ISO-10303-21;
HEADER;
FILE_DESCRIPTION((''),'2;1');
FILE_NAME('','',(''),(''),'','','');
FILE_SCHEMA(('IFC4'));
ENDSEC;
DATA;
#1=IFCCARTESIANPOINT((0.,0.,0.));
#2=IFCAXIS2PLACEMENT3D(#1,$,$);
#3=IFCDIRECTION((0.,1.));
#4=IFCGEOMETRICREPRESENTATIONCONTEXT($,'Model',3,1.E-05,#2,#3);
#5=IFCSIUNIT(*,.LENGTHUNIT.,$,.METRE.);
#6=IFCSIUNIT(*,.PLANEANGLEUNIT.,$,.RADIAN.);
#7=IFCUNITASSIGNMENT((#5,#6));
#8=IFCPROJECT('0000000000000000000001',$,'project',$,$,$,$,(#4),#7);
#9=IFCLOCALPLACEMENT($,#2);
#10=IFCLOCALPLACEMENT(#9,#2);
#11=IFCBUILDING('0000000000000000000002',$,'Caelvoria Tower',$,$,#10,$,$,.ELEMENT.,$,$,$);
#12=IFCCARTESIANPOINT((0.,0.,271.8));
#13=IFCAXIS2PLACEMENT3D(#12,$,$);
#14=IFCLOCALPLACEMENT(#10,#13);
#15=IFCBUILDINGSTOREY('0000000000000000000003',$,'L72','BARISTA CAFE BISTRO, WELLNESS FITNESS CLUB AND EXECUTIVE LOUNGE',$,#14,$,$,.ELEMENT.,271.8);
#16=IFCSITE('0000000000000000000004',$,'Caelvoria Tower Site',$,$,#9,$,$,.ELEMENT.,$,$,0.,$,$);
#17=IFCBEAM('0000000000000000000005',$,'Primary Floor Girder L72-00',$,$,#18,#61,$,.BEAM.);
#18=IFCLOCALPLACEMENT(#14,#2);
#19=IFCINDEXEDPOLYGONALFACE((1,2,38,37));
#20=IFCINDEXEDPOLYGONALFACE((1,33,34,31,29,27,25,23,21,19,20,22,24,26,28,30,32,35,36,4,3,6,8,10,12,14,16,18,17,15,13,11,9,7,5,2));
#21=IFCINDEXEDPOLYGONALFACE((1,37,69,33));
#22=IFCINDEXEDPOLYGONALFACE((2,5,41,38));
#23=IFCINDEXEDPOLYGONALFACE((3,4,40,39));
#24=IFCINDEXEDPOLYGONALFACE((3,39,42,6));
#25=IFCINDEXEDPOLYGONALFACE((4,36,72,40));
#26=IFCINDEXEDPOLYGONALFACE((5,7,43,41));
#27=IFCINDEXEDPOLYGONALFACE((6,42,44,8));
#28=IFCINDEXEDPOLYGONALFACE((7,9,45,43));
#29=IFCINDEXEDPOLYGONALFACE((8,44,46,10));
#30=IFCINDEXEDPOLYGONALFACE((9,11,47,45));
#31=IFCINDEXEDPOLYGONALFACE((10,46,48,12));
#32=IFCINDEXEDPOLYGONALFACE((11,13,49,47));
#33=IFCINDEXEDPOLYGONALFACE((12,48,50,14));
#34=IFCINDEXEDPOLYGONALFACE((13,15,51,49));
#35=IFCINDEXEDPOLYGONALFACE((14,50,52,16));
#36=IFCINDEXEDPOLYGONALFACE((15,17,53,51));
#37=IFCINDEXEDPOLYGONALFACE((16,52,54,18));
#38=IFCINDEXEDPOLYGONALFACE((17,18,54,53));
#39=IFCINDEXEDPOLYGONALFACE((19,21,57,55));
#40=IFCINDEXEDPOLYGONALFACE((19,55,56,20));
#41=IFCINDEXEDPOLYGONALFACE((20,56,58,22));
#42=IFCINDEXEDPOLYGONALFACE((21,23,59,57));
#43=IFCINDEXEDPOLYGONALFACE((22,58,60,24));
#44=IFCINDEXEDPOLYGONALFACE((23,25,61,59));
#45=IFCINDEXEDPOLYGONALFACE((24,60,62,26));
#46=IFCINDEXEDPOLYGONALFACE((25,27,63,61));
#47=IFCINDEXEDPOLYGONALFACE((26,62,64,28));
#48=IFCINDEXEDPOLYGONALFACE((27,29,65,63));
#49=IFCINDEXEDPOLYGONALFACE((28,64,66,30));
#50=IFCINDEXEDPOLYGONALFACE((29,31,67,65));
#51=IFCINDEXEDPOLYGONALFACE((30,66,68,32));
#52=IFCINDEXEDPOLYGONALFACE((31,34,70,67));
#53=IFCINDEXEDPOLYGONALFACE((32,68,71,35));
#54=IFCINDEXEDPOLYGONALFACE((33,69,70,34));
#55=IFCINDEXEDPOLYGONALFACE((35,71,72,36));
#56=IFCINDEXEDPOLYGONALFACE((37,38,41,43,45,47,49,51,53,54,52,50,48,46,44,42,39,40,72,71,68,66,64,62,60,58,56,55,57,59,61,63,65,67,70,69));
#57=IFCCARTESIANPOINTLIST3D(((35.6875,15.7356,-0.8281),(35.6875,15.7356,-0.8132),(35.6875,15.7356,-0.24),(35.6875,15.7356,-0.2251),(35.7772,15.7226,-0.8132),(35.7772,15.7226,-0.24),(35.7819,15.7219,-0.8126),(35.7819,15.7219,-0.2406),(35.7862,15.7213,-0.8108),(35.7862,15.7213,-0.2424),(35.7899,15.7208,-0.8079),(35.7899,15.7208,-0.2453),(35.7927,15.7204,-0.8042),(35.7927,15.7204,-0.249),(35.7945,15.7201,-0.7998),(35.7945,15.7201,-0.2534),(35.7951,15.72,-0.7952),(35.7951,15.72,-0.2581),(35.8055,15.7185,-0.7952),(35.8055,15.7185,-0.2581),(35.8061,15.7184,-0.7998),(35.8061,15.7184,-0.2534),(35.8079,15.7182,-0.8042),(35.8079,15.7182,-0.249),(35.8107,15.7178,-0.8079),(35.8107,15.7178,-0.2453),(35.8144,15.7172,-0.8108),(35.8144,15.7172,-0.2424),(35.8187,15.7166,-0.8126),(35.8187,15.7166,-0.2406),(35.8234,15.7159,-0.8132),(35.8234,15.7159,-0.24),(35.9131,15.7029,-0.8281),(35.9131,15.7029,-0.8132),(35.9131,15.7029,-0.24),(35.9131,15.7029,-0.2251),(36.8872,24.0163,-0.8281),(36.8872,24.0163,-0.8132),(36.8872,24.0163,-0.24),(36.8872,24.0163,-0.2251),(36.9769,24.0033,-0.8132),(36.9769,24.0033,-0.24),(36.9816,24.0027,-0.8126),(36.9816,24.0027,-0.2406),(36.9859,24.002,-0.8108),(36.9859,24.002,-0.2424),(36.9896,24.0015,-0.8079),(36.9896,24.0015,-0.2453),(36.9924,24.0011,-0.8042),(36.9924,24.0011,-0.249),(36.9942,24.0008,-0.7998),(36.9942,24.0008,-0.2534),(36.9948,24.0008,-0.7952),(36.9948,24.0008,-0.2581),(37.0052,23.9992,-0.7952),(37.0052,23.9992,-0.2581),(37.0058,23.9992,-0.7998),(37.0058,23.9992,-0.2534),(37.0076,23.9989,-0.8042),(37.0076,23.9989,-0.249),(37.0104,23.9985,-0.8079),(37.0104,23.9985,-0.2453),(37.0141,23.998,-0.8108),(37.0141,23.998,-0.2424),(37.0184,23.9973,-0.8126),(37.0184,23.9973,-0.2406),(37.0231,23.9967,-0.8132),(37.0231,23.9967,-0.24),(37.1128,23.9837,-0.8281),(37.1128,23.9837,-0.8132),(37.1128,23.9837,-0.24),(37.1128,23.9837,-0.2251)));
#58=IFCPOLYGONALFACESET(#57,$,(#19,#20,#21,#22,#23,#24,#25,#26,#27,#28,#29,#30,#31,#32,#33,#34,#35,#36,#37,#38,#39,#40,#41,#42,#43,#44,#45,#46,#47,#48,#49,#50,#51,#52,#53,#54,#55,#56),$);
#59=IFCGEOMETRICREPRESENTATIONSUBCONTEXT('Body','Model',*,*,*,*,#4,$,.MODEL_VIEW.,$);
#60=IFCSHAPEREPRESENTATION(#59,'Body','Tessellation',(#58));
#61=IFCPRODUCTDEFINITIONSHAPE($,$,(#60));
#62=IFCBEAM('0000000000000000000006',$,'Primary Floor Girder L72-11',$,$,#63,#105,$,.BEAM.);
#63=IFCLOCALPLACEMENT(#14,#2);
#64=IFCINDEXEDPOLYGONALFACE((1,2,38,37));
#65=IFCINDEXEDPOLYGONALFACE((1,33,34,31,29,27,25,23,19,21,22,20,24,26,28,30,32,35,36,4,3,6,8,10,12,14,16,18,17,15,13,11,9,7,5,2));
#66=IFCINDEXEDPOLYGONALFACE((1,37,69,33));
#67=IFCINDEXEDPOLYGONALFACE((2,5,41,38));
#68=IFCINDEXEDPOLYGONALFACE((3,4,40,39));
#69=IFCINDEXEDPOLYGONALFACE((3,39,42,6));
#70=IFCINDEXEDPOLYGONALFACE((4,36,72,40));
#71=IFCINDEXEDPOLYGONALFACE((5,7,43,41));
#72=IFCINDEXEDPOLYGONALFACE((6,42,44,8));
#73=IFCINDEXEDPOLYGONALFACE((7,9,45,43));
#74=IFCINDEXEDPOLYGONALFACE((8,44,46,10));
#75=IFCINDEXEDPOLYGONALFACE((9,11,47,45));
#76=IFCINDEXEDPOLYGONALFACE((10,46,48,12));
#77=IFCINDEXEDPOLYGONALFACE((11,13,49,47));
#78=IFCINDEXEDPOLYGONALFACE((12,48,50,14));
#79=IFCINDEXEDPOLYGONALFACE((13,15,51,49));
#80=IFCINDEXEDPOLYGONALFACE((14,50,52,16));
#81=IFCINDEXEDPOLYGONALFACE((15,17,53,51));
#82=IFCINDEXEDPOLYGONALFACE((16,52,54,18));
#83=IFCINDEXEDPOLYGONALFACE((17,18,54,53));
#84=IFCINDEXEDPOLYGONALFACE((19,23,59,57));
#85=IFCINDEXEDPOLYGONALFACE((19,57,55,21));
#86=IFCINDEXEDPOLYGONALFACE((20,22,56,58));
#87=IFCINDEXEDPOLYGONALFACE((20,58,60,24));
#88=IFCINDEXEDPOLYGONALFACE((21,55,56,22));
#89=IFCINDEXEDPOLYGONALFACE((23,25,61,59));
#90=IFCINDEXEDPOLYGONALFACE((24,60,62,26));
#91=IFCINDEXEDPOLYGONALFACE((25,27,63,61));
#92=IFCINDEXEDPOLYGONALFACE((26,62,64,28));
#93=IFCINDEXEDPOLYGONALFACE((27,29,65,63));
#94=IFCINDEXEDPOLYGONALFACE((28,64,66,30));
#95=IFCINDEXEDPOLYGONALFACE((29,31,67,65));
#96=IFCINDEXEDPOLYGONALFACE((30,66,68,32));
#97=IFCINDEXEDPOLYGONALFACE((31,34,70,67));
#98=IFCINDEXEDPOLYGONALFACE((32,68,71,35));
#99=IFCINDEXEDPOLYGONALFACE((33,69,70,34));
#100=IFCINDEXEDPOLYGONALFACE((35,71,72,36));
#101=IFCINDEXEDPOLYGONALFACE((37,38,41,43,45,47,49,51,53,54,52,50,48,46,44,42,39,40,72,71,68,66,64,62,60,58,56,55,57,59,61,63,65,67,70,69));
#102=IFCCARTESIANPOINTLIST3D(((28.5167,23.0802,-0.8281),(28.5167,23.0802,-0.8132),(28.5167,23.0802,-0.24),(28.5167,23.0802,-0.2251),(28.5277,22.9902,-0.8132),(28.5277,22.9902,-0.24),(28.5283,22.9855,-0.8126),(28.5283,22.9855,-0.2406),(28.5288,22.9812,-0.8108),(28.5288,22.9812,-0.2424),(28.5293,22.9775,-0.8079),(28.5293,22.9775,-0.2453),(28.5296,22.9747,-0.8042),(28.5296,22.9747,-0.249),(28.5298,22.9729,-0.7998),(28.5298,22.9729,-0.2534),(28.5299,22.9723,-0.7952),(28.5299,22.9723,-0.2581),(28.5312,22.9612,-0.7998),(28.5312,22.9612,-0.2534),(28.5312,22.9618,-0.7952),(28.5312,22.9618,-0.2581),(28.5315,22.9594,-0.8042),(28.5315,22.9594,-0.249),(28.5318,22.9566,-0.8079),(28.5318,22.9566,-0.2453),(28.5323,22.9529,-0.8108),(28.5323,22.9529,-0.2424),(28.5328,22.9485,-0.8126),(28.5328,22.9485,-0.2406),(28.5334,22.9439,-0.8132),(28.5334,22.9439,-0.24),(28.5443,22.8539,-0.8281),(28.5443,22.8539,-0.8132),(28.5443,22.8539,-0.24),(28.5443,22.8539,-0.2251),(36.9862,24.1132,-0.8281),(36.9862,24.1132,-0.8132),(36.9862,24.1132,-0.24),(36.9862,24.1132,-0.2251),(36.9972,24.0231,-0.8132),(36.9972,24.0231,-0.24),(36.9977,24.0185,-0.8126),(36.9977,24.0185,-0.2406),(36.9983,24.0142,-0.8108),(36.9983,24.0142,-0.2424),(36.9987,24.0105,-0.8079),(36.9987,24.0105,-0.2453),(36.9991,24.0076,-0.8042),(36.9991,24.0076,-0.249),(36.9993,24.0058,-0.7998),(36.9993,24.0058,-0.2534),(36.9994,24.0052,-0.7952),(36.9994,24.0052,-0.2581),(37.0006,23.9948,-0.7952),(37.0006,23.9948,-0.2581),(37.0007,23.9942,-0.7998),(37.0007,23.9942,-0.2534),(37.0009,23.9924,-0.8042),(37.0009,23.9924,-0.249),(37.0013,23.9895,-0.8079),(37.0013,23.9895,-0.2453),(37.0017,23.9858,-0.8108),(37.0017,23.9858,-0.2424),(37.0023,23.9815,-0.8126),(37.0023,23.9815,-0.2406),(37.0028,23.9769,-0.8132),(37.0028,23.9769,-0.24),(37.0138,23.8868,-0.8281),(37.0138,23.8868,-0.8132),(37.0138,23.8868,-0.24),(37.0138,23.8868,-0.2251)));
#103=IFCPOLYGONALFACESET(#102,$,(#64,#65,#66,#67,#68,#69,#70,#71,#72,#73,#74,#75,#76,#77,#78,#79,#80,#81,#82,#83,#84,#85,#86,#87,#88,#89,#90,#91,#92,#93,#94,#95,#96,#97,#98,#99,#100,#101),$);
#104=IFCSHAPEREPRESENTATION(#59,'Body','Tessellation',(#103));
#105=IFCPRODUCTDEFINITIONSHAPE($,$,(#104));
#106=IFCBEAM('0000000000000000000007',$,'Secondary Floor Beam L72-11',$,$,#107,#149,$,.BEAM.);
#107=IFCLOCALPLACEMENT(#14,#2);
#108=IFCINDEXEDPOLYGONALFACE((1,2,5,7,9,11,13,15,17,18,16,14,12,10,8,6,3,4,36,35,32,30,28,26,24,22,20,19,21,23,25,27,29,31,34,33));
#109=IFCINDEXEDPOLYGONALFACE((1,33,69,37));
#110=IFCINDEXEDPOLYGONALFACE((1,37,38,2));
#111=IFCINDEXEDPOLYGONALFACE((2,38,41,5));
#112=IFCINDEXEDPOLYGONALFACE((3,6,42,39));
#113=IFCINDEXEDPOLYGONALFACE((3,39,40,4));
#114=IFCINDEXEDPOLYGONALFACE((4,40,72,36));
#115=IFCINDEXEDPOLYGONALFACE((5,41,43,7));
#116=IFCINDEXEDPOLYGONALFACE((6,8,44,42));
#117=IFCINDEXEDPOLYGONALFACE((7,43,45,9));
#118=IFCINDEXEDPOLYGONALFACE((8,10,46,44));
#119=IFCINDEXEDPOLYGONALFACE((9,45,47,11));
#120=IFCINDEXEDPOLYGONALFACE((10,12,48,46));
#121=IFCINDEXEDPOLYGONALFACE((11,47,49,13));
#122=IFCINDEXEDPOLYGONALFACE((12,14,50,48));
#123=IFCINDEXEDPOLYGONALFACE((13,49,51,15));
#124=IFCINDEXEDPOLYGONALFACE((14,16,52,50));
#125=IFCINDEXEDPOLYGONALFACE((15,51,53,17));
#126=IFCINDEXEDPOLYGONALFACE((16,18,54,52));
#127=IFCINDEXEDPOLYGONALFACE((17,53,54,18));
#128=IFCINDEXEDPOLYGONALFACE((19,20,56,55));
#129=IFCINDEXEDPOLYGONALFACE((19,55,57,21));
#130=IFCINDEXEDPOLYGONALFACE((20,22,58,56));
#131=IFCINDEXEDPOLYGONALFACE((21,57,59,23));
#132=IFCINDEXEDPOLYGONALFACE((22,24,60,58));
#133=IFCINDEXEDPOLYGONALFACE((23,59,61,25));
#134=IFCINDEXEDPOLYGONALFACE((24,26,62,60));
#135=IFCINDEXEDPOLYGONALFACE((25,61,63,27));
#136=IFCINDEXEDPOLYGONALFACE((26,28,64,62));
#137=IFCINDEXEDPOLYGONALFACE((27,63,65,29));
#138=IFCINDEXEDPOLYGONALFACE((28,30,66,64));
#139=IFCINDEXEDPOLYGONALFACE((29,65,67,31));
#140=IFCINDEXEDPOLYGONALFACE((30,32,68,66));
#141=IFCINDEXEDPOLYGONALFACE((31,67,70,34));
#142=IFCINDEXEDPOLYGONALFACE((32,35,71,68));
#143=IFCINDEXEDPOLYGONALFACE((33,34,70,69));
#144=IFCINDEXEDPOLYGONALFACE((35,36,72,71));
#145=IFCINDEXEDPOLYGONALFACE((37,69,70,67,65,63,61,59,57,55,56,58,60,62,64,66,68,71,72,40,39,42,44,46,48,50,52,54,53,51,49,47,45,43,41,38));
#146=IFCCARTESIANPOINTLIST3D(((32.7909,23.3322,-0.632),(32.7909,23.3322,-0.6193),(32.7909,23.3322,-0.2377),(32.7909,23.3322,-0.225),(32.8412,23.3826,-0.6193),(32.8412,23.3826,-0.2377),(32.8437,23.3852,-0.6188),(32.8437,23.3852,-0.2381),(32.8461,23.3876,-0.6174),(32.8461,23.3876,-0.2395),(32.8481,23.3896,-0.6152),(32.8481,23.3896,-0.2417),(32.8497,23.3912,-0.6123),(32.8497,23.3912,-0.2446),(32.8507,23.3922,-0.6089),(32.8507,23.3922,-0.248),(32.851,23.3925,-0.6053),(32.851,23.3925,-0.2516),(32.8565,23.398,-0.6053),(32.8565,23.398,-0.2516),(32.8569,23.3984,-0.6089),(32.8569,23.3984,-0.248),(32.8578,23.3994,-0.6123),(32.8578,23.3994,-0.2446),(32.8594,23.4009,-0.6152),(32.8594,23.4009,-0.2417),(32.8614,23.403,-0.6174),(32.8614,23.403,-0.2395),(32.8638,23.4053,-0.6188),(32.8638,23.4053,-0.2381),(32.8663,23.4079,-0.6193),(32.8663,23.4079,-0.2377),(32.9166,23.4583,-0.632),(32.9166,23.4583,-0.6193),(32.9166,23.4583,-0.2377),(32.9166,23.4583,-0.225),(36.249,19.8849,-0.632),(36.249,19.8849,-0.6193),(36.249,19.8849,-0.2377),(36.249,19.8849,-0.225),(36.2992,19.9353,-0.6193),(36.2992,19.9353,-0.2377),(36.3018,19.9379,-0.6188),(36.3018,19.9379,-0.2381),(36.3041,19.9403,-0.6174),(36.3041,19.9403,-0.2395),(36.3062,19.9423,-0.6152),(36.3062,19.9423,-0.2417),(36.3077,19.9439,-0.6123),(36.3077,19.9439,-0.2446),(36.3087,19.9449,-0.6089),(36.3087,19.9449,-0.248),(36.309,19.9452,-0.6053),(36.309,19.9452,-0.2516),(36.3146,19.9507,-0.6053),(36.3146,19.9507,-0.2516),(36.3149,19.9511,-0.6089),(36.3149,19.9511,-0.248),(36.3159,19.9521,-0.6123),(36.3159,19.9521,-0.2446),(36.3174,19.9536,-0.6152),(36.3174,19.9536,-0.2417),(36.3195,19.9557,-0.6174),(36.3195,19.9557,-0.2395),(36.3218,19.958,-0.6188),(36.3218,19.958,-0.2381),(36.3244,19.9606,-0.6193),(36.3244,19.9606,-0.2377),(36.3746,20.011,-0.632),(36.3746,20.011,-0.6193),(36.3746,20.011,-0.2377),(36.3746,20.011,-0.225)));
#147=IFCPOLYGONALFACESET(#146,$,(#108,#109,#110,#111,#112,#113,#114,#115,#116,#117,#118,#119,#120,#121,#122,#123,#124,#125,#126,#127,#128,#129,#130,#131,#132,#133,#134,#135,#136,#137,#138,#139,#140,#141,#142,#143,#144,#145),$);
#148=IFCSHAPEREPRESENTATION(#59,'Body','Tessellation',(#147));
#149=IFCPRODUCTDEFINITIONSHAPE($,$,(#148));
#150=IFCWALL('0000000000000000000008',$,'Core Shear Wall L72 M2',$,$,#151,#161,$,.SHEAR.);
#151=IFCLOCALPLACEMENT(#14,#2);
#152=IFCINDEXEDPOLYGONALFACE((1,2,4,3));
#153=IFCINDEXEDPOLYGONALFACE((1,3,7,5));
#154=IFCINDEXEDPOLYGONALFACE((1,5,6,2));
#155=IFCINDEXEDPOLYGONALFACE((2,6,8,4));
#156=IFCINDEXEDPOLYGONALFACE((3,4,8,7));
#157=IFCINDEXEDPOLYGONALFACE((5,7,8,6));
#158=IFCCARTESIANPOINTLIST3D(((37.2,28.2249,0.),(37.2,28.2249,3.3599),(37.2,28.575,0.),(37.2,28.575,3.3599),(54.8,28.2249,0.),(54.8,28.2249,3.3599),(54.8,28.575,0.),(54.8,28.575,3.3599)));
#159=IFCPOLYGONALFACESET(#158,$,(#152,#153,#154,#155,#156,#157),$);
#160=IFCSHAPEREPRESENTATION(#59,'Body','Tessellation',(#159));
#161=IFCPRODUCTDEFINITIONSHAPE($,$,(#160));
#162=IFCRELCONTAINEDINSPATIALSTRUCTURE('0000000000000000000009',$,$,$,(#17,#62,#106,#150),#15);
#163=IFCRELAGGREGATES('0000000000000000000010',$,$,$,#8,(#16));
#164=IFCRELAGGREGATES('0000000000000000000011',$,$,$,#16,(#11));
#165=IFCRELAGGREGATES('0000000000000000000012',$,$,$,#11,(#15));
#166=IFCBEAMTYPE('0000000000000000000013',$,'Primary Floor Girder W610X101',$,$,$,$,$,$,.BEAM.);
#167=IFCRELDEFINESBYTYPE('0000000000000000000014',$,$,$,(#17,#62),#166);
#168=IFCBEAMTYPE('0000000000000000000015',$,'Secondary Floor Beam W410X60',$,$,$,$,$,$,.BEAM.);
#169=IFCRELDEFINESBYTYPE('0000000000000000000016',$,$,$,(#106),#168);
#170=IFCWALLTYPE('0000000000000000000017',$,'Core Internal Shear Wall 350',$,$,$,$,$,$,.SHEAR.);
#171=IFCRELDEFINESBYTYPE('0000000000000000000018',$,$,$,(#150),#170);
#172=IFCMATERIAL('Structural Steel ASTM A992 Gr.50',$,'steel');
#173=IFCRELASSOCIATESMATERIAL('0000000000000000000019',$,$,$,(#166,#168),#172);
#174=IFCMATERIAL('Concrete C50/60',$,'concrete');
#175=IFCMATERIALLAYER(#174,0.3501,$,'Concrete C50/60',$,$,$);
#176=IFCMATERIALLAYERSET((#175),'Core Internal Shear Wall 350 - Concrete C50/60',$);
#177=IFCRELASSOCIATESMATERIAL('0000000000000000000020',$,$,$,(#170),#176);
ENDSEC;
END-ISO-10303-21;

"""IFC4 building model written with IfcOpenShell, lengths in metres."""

from ifc_helpers import new_model, si_unit, direction, frame, frame_2d, origin, origin_2d, place, context, subcontext, project, spatial, rectangle, i_section, extrude, material, layer, layer_set, material_profile, profile_set, type_object, element, save


model = new_model("IFC4")

# Units and contexts
model_context = context("Model", 3, precision=1e-05, world=origin(), true_north=direction((0.0, 1.0)))
body_context = subcontext(model_context, "Body", "Model", "MODEL_VIEW")
ifc_project = project(units=[si_unit("LENGTHUNIT", "METRE"), si_unit("PLANEANGLEUNIT", "RADIAN")], contexts=[model_context])

# Site, building, storey
site_placement = place(None, origin())
site = spatial("IfcSite", under=ifc_project, at=site_placement, Name="Caelvoria Tower Site", CompositionType="ELEMENT", RefElevation=0.0)
building_placement = place(site_placement, origin())
building = spatial("IfcBuilding", under=site, at=building_placement, Name="Caelvoria Tower", CompositionType="ELEMENT")
storey_placement = place(building_placement, frame((0.0, 0.0, 271.8)))
storey = spatial("IfcBuildingStorey", under=building, at=storey_placement, Name="L72", Description="BARISTA CAFE BISTRO, WELLNESS FITNESS CLUB AND EXECUTIVE LOUNGE", CompositionType="ELEMENT", Elevation=271.8)

# Beams
ifc_material_1 = material(Name="Structural Steel ASTM A992 Gr.50", Category="steel")
ifc_material_profile_1 = material_profile(ifc_material_1, i_section(OverallWidth=0.228, OverallDepth=0.603, WebThickness=0.0105, FlangeThickness=0.0149, FilletRadius=0.0181, at=origin_2d()), Name="Structural Steel ASTM A992 Gr.50")
ifc_profile_set_1 = profile_set([ifc_material_profile_1], Name="W610X101 - Structural Steel ASTM A992 Gr.50")
beam_type_1 = type_object("IfcBeamType", Name="Primary Floor Girder W610X101", PredefinedType="BEAM", material=ifc_profile_set_1)
beam_1_placement = place(storey_placement, frame((37.0, 24.0, -0.5266), z_axis=(-0.143382, -0.989667, 0.0), x_axis=(0.989667, -0.143382, 0.0)))
element("IfcBeam", 1, at=beam_1_placement, inside=storey, type_object=beam_type_1, Name="Primary Floor Girder L72-00", PredefinedType="BEAM", context=body_context, shape_type="SweptSolid", body=[
    extrude(i_section(OverallWidth=0.228, OverallDepth=0.603, WebThickness=0.0105, FlangeThickness=0.0149, FilletRadius=0.0181, at=origin_2d()), origin(), (0.0, 0.0, 1.0), 8.3672),
])
beam_2_placement = place(storey_placement, frame((37.0, 24.0, -0.5266), z_axis=(-0.992645, -0.121065, 0.0), x_axis=(0.121065, -0.992645, 0.0)))
element("IfcBeam", 2, at=beam_2_placement, inside=storey, type_object=beam_type_1, Name="Primary Floor Girder L72-11", PredefinedType="BEAM", context=body_context, shape_type="SweptSolid", body=[
    extrude(i_section(OverallWidth=0.228, OverallDepth=0.603, WebThickness=0.0105, FlangeThickness=0.0149, FilletRadius=0.0181, at=origin_2d()), origin(), (0.0, 0.0, 1.0), 8.5322),
])
ifc_material_profile_2 = material_profile(ifc_material_1, i_section(OverallWidth=0.178, OverallDepth=0.407, WebThickness=0.0078, FlangeThickness=0.0127, FilletRadius=0.0139, at=origin_2d()), Name="Structural Steel ASTM A992 Gr.50")
ifc_profile_set_2 = profile_set([ifc_material_profile_2], Name="W410X60 - Structural Steel ASTM A992 Gr.50")
beam_type_2 = type_object("IfcBeamType", Name="Secondary Floor Beam W410X60", PredefinedType="BEAM", material=ifc_profile_set_2)
beam_3_placement = place(storey_placement, frame((32.8538, 23.3953, -0.4285), z_axis=(0.708206, -0.706006, 0.0), x_axis=(0.706006, 0.708206, 0.0)))
element("IfcBeam", 3, at=beam_3_placement, inside=storey, type_object=beam_type_2, Name="Secondary Floor Beam L72-11", PredefinedType="BEAM", context=body_context, shape_type="SweptSolid", body=[
    extrude(i_section(OverallWidth=0.178, OverallDepth=0.407, WebThickness=0.0078, FlangeThickness=0.0127, FilletRadius=0.0139, at=origin_2d()), origin(), (0.0, 0.0, 1.0), 4.8828),
])

# Wall
ifc_material_2 = material(Name="Concrete C50/60", Category="concrete")
ifc_layer_1 = layer(ifc_material_2, 0.3501, Name="Concrete C50/60")
ifc_layer_set_1 = layer_set([ifc_layer_1], Name="Core Internal Shear Wall 350 - Concrete C50/60")
wall_type_1 = type_object("IfcWallType", Name="Core Internal Shear Wall 350", PredefinedType="SHEAR", material=ifc_layer_set_1)
wall_1_placement = place(storey_placement, frame((37.2, 28.3999, 0.0), z_axis=(0.0, 0.0, 1.0), x_axis=(1.0, 0.0, 0.0)))
element("IfcWall", 4, at=wall_1_placement, inside=storey, type_object=wall_type_1, Name="Core Shear Wall L72 M2", PredefinedType="SHEAR", context=body_context, shape_type="SweptSolid", body=[
    extrude(rectangle(XDim=17.6001, YDim=0.3501, at=frame_2d((8.8, 0.0))), origin(), (0.0, 0.0, 1.0), 3.3599),
])

save(model, "model.ifc")
